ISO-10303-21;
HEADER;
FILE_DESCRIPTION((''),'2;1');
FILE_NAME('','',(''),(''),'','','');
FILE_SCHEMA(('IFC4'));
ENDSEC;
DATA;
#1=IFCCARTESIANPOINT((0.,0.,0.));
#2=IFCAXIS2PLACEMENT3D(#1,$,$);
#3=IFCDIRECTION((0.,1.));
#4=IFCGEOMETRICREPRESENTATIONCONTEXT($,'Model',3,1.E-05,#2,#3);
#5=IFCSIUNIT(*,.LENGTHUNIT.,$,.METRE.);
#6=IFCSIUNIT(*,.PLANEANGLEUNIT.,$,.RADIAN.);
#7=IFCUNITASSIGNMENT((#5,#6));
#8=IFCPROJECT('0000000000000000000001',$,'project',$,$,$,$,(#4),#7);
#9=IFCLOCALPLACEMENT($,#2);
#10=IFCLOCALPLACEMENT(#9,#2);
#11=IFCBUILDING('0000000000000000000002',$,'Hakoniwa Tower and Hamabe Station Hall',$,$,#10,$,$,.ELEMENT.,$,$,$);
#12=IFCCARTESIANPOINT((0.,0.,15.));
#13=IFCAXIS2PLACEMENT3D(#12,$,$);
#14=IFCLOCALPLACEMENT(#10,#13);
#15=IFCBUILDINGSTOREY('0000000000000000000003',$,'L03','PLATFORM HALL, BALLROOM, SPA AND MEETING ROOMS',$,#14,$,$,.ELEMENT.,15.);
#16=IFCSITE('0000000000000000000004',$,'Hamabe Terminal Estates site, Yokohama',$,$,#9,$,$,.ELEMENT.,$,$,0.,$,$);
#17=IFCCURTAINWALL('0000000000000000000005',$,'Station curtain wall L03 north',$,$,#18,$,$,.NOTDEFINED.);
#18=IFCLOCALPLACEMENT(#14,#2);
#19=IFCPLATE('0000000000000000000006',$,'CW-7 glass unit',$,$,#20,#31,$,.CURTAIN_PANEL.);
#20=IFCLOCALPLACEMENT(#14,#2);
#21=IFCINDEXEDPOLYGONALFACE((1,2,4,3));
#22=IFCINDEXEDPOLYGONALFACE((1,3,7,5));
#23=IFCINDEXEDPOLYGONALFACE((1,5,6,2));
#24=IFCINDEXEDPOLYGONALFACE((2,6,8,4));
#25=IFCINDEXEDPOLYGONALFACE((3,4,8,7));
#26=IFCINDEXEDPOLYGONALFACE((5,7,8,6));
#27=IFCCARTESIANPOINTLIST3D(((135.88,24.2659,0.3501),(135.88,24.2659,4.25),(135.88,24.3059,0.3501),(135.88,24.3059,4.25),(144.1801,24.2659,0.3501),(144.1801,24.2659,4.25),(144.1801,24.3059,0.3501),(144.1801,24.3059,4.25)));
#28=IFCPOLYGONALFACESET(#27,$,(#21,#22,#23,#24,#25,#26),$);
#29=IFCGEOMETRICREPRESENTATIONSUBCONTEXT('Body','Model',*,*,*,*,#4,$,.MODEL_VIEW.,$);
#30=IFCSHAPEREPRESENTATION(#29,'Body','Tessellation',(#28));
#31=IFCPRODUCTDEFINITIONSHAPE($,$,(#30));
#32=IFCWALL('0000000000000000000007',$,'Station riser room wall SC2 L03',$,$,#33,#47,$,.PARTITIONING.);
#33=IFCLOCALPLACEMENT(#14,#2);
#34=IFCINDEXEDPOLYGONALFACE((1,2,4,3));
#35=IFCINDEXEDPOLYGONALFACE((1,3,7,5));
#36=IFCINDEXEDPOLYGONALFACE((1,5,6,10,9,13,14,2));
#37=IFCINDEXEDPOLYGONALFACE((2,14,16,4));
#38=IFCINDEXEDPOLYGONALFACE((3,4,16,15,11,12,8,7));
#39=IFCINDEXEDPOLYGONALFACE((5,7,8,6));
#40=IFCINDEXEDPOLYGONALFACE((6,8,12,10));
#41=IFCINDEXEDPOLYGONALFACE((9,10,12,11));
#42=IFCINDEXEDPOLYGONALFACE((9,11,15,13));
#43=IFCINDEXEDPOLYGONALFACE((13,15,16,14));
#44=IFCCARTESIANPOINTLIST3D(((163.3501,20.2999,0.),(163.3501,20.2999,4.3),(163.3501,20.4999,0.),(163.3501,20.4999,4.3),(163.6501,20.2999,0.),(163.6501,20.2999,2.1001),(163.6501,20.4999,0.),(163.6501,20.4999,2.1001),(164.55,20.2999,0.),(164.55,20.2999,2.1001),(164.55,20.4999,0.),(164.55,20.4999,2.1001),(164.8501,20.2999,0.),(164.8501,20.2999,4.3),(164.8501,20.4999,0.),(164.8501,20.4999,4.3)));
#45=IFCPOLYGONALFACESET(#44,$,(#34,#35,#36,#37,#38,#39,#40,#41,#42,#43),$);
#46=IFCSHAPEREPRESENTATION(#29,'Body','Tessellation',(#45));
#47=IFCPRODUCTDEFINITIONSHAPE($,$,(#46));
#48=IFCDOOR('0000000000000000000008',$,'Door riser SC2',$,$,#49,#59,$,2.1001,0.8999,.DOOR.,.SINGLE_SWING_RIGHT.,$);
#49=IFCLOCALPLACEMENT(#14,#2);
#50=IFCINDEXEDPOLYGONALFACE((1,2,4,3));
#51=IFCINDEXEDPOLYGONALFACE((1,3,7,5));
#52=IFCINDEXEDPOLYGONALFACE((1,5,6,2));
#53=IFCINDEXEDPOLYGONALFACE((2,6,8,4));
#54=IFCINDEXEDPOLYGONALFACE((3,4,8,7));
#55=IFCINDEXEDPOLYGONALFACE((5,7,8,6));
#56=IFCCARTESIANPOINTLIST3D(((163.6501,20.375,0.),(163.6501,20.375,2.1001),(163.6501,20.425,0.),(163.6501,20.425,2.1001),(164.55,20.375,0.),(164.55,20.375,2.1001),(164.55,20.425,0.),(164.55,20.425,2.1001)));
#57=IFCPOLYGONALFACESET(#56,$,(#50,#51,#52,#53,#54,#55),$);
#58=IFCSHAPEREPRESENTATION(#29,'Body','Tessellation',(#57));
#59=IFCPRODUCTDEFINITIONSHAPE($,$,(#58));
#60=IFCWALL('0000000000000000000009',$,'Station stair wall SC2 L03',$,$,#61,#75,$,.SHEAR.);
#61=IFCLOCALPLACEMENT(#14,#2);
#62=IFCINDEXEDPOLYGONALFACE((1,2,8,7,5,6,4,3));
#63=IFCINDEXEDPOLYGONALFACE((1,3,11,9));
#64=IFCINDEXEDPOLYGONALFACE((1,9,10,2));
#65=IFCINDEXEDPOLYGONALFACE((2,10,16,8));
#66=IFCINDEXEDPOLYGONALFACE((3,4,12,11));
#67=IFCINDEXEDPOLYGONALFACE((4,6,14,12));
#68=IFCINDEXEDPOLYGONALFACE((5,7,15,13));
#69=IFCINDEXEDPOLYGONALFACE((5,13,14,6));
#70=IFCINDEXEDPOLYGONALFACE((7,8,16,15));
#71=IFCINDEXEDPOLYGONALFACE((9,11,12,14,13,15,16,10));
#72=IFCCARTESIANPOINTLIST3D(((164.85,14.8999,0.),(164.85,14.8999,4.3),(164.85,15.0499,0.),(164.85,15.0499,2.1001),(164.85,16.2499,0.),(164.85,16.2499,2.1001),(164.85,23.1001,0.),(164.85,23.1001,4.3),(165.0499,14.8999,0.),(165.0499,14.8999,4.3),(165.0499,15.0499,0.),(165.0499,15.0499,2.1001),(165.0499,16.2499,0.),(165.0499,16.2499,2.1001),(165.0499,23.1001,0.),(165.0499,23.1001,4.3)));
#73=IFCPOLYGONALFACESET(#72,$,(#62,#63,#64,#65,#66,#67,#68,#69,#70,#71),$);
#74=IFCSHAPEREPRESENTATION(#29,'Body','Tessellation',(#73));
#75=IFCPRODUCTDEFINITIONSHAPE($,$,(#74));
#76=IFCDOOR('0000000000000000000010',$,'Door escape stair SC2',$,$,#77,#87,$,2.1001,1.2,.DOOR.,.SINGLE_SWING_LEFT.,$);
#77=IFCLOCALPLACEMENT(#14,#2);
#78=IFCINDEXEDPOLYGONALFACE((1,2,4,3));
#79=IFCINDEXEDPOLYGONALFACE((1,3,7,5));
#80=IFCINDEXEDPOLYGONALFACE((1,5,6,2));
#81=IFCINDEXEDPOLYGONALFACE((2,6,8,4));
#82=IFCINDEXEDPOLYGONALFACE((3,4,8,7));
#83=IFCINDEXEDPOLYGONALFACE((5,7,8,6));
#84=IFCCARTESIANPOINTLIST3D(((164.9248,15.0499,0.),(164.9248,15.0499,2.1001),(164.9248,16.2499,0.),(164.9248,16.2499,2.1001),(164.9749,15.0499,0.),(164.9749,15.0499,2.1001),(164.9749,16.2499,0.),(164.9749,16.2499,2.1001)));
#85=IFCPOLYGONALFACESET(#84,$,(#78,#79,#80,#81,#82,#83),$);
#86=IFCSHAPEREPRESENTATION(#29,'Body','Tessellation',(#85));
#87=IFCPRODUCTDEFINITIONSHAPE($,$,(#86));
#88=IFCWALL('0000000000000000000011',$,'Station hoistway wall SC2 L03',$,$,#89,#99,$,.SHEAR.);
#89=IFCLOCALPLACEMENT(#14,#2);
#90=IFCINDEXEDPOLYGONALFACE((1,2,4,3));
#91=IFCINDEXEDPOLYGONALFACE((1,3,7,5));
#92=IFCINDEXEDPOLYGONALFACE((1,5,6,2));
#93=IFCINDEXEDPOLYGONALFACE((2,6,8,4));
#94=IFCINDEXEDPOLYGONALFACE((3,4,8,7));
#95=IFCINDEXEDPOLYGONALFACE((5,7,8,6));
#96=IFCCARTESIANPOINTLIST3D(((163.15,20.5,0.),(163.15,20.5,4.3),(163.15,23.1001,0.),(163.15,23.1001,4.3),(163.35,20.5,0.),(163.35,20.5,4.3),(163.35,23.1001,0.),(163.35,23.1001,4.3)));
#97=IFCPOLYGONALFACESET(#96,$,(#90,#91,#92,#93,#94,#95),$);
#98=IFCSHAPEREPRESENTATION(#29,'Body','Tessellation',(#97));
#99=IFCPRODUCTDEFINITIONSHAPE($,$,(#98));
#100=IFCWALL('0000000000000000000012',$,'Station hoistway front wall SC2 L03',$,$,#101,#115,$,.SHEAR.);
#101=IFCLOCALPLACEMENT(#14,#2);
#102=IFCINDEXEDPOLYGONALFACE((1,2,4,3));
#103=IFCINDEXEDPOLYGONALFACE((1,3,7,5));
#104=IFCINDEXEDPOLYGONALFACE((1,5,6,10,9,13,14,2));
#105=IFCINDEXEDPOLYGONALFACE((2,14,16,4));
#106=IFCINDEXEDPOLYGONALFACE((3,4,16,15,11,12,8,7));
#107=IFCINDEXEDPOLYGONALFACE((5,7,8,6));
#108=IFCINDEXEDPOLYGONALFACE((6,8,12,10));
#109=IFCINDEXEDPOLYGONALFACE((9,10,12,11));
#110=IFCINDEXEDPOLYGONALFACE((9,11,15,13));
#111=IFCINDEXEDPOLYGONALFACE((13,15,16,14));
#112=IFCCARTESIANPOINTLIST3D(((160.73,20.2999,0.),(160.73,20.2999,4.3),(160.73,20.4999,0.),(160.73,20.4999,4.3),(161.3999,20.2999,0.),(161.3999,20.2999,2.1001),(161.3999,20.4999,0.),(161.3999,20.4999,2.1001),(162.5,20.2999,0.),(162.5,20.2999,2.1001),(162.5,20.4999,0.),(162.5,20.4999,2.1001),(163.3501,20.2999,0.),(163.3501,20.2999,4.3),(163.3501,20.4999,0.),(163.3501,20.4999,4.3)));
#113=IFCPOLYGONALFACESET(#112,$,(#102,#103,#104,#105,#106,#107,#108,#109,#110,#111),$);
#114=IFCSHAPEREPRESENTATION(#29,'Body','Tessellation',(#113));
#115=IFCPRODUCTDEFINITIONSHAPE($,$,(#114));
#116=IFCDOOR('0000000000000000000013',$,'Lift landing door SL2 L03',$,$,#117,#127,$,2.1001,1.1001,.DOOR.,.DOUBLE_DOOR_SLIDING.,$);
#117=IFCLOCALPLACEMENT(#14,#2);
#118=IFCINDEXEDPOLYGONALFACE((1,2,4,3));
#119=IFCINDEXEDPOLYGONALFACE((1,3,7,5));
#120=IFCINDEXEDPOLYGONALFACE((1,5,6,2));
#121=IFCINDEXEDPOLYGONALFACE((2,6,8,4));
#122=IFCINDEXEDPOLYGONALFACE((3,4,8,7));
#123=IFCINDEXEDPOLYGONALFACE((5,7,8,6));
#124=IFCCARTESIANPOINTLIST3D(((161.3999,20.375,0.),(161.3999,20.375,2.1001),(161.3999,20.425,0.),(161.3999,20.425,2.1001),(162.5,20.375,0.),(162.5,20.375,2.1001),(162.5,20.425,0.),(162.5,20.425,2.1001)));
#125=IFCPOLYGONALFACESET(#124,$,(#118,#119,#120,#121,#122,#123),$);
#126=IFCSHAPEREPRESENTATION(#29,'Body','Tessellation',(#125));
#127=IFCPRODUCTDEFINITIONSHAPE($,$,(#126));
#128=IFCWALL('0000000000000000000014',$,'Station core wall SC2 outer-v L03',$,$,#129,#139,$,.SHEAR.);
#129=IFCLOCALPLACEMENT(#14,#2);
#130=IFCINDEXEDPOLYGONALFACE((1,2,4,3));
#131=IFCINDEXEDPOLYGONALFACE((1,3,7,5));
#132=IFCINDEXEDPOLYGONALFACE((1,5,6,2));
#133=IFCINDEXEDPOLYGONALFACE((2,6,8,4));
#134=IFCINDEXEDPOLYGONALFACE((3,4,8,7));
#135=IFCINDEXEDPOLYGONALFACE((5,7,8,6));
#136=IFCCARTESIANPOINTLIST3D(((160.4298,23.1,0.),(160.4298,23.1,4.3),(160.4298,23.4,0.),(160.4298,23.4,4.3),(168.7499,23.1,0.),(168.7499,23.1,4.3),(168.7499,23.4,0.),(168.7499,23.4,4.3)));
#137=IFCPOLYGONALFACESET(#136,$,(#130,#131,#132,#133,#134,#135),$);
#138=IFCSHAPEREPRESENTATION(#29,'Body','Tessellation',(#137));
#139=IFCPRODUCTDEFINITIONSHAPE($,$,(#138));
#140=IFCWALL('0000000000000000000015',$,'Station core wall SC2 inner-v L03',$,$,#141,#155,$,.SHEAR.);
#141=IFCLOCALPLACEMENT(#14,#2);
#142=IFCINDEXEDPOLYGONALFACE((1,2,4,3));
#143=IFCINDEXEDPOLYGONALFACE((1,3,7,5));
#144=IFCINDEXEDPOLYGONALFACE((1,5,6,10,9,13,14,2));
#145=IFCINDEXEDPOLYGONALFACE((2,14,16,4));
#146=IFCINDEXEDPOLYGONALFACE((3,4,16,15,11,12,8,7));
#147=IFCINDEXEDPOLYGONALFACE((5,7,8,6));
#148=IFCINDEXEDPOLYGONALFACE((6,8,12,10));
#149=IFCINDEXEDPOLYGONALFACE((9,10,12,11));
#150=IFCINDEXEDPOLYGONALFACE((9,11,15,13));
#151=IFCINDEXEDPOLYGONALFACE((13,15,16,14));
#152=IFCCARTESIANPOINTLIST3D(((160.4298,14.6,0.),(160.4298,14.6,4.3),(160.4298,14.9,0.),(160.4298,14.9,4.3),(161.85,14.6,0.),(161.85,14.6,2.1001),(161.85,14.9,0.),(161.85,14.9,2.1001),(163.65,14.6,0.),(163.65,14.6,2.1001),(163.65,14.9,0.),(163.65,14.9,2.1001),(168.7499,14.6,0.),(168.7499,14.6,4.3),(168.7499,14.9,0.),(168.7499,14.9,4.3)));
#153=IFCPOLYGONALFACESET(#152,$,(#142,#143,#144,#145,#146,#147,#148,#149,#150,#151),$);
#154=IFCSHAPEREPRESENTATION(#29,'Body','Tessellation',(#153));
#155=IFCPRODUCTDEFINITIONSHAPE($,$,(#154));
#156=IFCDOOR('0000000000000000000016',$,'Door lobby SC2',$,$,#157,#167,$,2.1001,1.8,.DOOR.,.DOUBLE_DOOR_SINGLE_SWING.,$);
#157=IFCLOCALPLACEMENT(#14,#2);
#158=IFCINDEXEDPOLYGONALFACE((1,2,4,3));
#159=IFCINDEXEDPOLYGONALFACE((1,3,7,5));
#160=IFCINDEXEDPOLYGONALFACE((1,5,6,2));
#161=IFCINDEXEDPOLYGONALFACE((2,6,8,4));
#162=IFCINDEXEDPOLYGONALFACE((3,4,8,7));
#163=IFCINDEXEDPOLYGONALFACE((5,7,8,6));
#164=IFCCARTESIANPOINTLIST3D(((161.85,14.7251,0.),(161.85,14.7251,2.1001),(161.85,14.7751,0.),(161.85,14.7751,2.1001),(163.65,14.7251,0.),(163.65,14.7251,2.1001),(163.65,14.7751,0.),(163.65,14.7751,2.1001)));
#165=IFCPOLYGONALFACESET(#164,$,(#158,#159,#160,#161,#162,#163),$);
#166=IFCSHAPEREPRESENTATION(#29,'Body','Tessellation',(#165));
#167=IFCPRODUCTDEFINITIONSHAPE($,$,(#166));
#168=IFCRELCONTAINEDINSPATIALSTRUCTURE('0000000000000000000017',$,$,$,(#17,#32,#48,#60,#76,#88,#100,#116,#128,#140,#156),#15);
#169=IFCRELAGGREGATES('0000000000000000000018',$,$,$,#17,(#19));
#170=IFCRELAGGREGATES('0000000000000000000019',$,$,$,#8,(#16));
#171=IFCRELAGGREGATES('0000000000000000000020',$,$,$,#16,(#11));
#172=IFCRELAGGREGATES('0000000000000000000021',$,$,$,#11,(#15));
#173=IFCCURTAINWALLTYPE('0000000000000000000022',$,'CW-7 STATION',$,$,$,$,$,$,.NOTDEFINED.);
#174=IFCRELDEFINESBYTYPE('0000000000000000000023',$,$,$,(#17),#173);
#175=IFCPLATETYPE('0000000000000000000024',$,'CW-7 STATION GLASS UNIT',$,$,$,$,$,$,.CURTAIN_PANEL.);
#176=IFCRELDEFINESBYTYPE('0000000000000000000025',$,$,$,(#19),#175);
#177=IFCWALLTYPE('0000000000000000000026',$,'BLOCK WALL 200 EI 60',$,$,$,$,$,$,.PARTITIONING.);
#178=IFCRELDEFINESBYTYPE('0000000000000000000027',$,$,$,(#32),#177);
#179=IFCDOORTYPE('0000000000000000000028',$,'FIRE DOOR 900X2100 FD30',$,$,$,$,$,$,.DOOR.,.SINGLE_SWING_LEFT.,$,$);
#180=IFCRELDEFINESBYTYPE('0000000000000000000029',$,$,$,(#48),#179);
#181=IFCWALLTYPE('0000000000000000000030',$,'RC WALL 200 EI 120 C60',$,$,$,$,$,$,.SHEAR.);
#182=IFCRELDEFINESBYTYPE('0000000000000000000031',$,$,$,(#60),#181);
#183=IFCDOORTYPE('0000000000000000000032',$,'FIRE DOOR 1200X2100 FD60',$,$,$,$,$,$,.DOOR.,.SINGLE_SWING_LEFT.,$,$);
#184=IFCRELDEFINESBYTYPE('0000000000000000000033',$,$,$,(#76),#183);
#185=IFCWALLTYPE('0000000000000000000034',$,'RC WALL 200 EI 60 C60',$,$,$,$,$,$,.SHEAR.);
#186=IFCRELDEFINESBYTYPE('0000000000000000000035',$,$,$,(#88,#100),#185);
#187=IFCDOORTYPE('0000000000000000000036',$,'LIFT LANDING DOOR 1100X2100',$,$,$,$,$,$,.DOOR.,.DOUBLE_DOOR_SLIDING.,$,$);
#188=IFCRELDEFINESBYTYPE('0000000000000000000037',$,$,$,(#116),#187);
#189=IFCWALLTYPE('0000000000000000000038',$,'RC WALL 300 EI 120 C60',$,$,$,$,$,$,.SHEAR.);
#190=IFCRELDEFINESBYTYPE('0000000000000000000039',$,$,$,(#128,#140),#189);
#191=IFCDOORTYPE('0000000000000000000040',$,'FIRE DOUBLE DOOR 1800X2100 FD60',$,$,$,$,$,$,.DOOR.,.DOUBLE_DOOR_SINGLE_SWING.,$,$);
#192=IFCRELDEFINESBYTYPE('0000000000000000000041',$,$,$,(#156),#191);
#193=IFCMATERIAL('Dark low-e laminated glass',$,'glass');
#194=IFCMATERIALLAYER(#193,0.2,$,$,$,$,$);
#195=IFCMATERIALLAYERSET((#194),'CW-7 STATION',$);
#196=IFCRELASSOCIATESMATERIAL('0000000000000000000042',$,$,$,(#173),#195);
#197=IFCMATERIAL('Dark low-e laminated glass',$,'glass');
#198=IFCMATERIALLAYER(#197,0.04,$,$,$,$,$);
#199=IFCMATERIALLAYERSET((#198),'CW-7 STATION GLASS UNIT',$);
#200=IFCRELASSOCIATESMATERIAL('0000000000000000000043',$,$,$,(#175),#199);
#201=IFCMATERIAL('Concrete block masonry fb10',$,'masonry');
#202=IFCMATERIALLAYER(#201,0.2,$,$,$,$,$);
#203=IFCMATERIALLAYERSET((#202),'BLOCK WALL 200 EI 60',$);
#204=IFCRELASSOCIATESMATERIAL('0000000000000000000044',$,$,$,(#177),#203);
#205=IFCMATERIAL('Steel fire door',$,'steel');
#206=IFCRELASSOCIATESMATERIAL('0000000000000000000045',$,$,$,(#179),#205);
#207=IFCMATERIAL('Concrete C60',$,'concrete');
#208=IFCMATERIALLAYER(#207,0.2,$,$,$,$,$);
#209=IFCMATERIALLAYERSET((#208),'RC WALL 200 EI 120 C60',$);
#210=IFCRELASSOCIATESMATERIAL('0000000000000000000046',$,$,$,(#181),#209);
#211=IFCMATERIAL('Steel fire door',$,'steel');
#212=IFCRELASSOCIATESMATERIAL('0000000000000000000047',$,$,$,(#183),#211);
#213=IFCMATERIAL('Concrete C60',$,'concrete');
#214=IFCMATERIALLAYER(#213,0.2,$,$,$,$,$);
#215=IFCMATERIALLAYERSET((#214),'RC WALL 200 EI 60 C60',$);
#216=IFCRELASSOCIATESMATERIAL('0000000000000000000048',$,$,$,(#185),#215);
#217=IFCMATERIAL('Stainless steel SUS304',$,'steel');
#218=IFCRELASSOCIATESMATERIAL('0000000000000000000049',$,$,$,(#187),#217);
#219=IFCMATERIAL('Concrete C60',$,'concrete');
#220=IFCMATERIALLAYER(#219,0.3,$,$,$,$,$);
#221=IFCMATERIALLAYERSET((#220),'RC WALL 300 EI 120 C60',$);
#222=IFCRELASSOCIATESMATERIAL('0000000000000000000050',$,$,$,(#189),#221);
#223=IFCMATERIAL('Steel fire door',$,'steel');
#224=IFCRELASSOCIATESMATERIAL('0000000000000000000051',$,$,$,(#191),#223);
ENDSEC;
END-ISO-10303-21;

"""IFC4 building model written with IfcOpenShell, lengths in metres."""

from ifc_helpers import new_model, si_unit, direction, frame, frame_2d, origin, origin_2d, place, context, subcontext, project, spatial, rectangle, extrude, material, layer, layer_set, type_object, element, fill, aggregate, save


model = new_model("IFC4")

# Units and contexts
model_context = context("Model", 3, precision=1e-05, world=origin(), true_north=direction((0.0, 1.0)))
body_context = subcontext(model_context, "Body", "Model", "MODEL_VIEW")
ifc_project = project(units=[si_unit("LENGTHUNIT", "METRE"), si_unit("PLANEANGLEUNIT", "RADIAN")], contexts=[model_context])

# Site, building, storey
site_placement = place(None, origin())
site = spatial("IfcSite", under=ifc_project, at=site_placement, Name="Hamabe Terminal Estates site, Yokohama", CompositionType="ELEMENT", RefElevation=0.0)
building_placement = place(site_placement, origin())
building = spatial("IfcBuilding", under=site, at=building_placement, Name="Hakoniwa Tower and Hamabe Station Hall", CompositionType="ELEMENT")
storey_placement = place(building_placement, frame((0.0, 0.0, 15.0)))
storey = spatial("IfcBuildingStorey", under=building, at=storey_placement, Name="L03", Description="PLATFORM HALL, BALLROOM, SPA AND MEETING ROOMS", CompositionType="ELEMENT", Elevation=15.0)

# Curtain wall
ifc_material_1 = material(Name="Dark low-e laminated glass", Category="glass")
ifc_layer_1 = layer(ifc_material_1, 0.2)
ifc_layer_set_1 = layer_set([ifc_layer_1], Name="CW-7 STATION")
curtain_wall_type = type_object("IfcCurtainWallType", Name="CW-7 STATION", PredefinedType="NOTDEFINED", material=ifc_layer_set_1)
curtain_wall_1_placement = place(storey_placement, origin())
curtain_wall_1 = element("IfcCurtainWall", 1, at=curtain_wall_1_placement, inside=storey, type_object=curtain_wall_type, Name="Station curtain wall L03 north", PredefinedType="NOTDEFINED")

# Plate
ifc_material_2 = material(Name="Dark low-e laminated glass", Category="glass")
ifc_layer_2 = layer(ifc_material_2, 0.04)
ifc_layer_set_2 = layer_set([ifc_layer_2], Name="CW-7 STATION GLASS UNIT")
plate_type = type_object("IfcPlateType", Name="CW-7 STATION GLASS UNIT", PredefinedType="CURTAIN_PANEL", material=ifc_layer_set_2)
plate_1_placement = place(storey_placement, frame((140.03, 24.2859, 0.3501), z_axis=(0.0, 0.0, 1.0), x_axis=(-1.0, 0.0, 0.0)))
plate_1 = element("IfcPlate", 2, at=plate_1_placement, type_object=plate_type, Name="CW-7 glass unit", PredefinedType="CURTAIN_PANEL", context=body_context, shape_type="SweptSolid", body=[
    extrude(rectangle(XDim=8.3, YDim=0.04, at=origin_2d()), origin(), (0.0, 0.0, 1.0), 3.8999),
])
aggregate(curtain_wall_1, [plate_1])

# Walls, openings, doors
ifc_material_3 = material(Name="Concrete block masonry fb10", Category="masonry")
ifc_layer_3 = layer(ifc_material_3, 0.2)
ifc_layer_set_3 = layer_set([ifc_layer_3], Name="BLOCK WALL 200 EI 60")
wall_type_1 = type_object("IfcWallType", Name="BLOCK WALL 200 EI 60", PredefinedType="PARTITIONING", material=ifc_layer_set_3)
wall_1_placement = place(storey_placement, frame((164.8501, 20.3999, 0.0), z_axis=(0.0, 0.0, 1.0), x_axis=(-1.0, 0.0, 0.0)))
wall_1 = element("IfcWall", 3, at=wall_1_placement, inside=storey, type_object=wall_type_1, Name="Station riser room wall SC2 L03", PredefinedType="PARTITIONING", context=body_context, shape_type="SweptSolid", body=[
    extrude(rectangle(XDim=1.5, YDim=0.2, at=frame_2d((0.75, 0.0))), origin(), (0.0, 0.0, 1.0), 4.3),
])
opening_1_placement = place(wall_1_placement, frame((0.3, 0.0, 0.0)))
opening_1 = element("IfcOpeningElement", 4, at=opening_1_placement, cuts=wall_1, PredefinedType="OPENING", context=body_context, shape_type="SweptSolid", body=[
    extrude(rectangle(XDim=0.8999, YDim=2.1001, at=frame_2d((0.45, 1.05))), frame((0.0, 0.1099, 0.0), z_axis=(0.0, -1.0, 0.0), x_axis=(1.0, 0.0, 0.0)), (0.0, 0.0, 1.0), 0.22),
])
ifc_material_4 = material(Name="Steel fire door", Category="steel")
door_type_1 = type_object("IfcDoorType", Name="FIRE DOOR 900X2100 FD30", OperationType="SINGLE_SWING_LEFT", PredefinedType="DOOR", material=ifc_material_4)
door_1_placement = place(opening_1_placement, origin())
door_1 = element("IfcDoor", 5, at=door_1_placement, inside=storey, type_object=door_type_1, Name="Door riser SC2", OperationType="SINGLE_SWING_RIGHT", OverallHeight=2.1001, OverallWidth=0.8999, PredefinedType="DOOR", context=body_context, shape_type="SweptSolid", body=[
    extrude(rectangle(XDim=0.8999, YDim=2.1001, at=frame_2d((0.45, 1.05))), frame((0.0, 0.0249, 0.0), z_axis=(0.0, -1.0, 0.0), x_axis=(1.0, 0.0, 0.0)), (0.0, 0.0, 1.0), 0.05),
])
fill(opening_1, door_1)
ifc_material_5 = material(Name="Concrete C60", Category="concrete")
ifc_layer_4 = layer(ifc_material_5, 0.2)
ifc_layer_set_4 = layer_set([ifc_layer_4], Name="RC WALL 200 EI 120 C60")
wall_type_2 = type_object("IfcWallType", Name="RC WALL 200 EI 120 C60", PredefinedType="SHEAR", material=ifc_layer_set_4)
wall_2_placement = place(storey_placement, frame((164.95, 23.1001, 0.0), z_axis=(0.0, 0.0, 1.0), x_axis=(0.0, -1.0, 0.0)))
wall_2 = element("IfcWall", 6, at=wall_2_placement, inside=storey, type_object=wall_type_2, Name="Station stair wall SC2 L03", PredefinedType="SHEAR", context=body_context, shape_type="SweptSolid", body=[
    extrude(rectangle(XDim=8.2002, YDim=0.2, at=frame_2d((4.1001, 0.0))), origin(), (0.0, 0.0, 1.0), 4.3),
])
opening_2_placement = place(wall_2_placement, frame((6.8501, 0.0, 0.0)))
opening_2 = element("IfcOpeningElement", 7, at=opening_2_placement, cuts=wall_2, PredefinedType="OPENING", context=body_context, shape_type="SweptSolid", body=[
    extrude(rectangle(XDim=1.2, YDim=2.1001, at=frame_2d((0.6001, 1.05))), frame((0.0, 0.1099, 0.0), z_axis=(0.0, -1.0, 0.0), x_axis=(1.0, 0.0, 0.0)), (0.0, 0.0, 1.0), 0.22),
])
ifc_material_6 = material(Name="Steel fire door", Category="steel")
door_type_2 = type_object("IfcDoorType", Name="FIRE DOOR 1200X2100 FD60", OperationType="SINGLE_SWING_LEFT", PredefinedType="DOOR", material=ifc_material_6)
door_2_placement = place(opening_2_placement, origin())
door_2 = element("IfcDoor", 8, at=door_2_placement, inside=storey, type_object=door_type_2, Name="Door escape stair SC2", OperationType="SINGLE_SWING_LEFT", OverallHeight=2.1001, OverallWidth=1.2, PredefinedType="DOOR", context=body_context, shape_type="SweptSolid", body=[
    extrude(rectangle(XDim=1.2, YDim=2.1001, at=frame_2d((0.6001, 1.05))), frame((0.0, 0.0249, 0.0), z_axis=(0.0, -1.0, 0.0), x_axis=(1.0, 0.0, 0.0)), (0.0, 0.0, 1.0), 0.05),
])
fill(opening_2, door_2)

# Wall
ifc_material_7 = material(Name="Concrete C60", Category="concrete")
ifc_layer_5 = layer(ifc_material_7, 0.2)
ifc_layer_set_5 = layer_set([ifc_layer_5], Name="RC WALL 200 EI 60 C60")
wall_type_3 = type_object("IfcWallType", Name="RC WALL 200 EI 60 C60", PredefinedType="SHEAR", material=ifc_layer_set_5)
wall_3_placement = place(storey_placement, frame((163.25, 23.1001, 0.0), z_axis=(0.0, 0.0, 1.0), x_axis=(0.0, -1.0, 0.0)))
element("IfcWall", 9, at=wall_3_placement, inside=storey, type_object=wall_type_3, Name="Station hoistway wall SC2 L03", PredefinedType="SHEAR", context=body_context, shape_type="SweptSolid", body=[
    extrude(rectangle(XDim=2.6001, YDim=0.2, at=frame_2d((1.3, 0.0))), origin(), (0.0, 0.0, 1.0), 4.3),
])

# Wall, opening, door
wall_4_placement = place(storey_placement, frame((163.3501, 20.3999, 0.0), z_axis=(0.0, 0.0, 1.0), x_axis=(-1.0, 0.0, 0.0)))
wall_4 = element("IfcWall", 10, at=wall_4_placement, inside=storey, type_object=wall_type_3, Name="Station hoistway front wall SC2 L03", PredefinedType="SHEAR", context=body_context, shape_type="SweptSolid", body=[
    extrude(rectangle(XDim=2.6201, YDim=0.2, at=frame_2d((1.3101, 0.0))), origin(), (0.0, 0.0, 1.0), 4.3),
])
opening_3_placement = place(wall_4_placement, frame((0.8501, 0.0, 0.0)))
opening_3 = element("IfcOpeningElement", 11, at=opening_3_placement, cuts=wall_4, PredefinedType="OPENING", context=body_context, shape_type="SweptSolid", body=[
    extrude(rectangle(XDim=1.1001, YDim=2.1001, at=frame_2d((0.55, 1.05))), frame((0.0, 0.1099, 0.0), z_axis=(0.0, -1.0, 0.0), x_axis=(1.0, 0.0, 0.0)), (0.0, 0.0, 1.0), 0.22),
])
ifc_material_8 = material(Name="Stainless steel SUS304", Category="steel")
door_type_3 = type_object("IfcDoorType", Name="LIFT LANDING DOOR 1100X2100", OperationType="DOUBLE_DOOR_SLIDING", PredefinedType="DOOR", material=ifc_material_8)
door_3_placement = place(opening_3_placement, origin())
door_3 = element("IfcDoor", 12, at=door_3_placement, inside=storey, type_object=door_type_3, Name="Lift landing door SL2 L03", OperationType="DOUBLE_DOOR_SLIDING", OverallHeight=2.1001, OverallWidth=1.1001, PredefinedType="DOOR", context=body_context, shape_type="SweptSolid", body=[
    extrude(rectangle(XDim=1.1001, YDim=2.1001, at=frame_2d((0.55, 1.05))), frame((0.0, 0.0249, 0.0), z_axis=(0.0, -1.0, 0.0), x_axis=(1.0, 0.0, 0.0)), (0.0, 0.0, 1.0), 0.05),
])
fill(opening_3, door_3)

# Wall
ifc_material_9 = material(Name="Concrete C60", Category="concrete")
ifc_layer_6 = layer(ifc_material_9, 0.3)
ifc_layer_set_6 = layer_set([ifc_layer_6], Name="RC WALL 300 EI 120 C60")
wall_type_4 = type_object("IfcWallType", Name="RC WALL 300 EI 120 C60", PredefinedType="SHEAR", material=ifc_layer_set_6)
wall_5_placement = place(storey_placement, frame((168.75, 23.25, 0.0), z_axis=(0.0, 0.0, 1.0), x_axis=(-1.0, 0.0, 0.0)))
element("IfcWall", 13, at=wall_5_placement, inside=storey, type_object=wall_type_4, Name="Station core wall SC2 outer-v L03", PredefinedType="SHEAR", context=body_context, shape_type="SweptSolid", body=[
    extrude(rectangle(XDim=8.3201, YDim=0.3, at=frame_2d((4.1602, 0.0))), origin(), (0.0, 0.0, 1.0), 4.3),
])

# Wall, opening, door
wall_6_placement = place(storey_placement, frame((168.75, 14.75, 0.0), z_axis=(0.0, 0.0, 1.0), x_axis=(-1.0, 0.0, 0.0)))
wall_6 = element("IfcWall", 14, at=wall_6_placement, inside=storey, type_object=wall_type_4, Name="Station core wall SC2 inner-v L03", PredefinedType="SHEAR", context=body_context, shape_type="SweptSolid", body=[
    extrude(rectangle(XDim=8.3201, YDim=0.3, at=frame_2d((4.1602, 0.0))), origin(), (0.0, 0.0, 1.0), 4.3),
])
opening_4_placement = place(wall_6_placement, frame((5.1001, 0.0, 0.0)))
opening_4 = element("IfcOpeningElement", 15, at=opening_4_placement, cuts=wall_6, PredefinedType="OPENING", context=body_context, shape_type="SweptSolid", body=[
    extrude(rectangle(XDim=1.8, YDim=2.1001, at=frame_2d((0.8999, 1.05))), frame((0.0, 0.1599, 0.0), z_axis=(0.0, -1.0, 0.0), x_axis=(1.0, 0.0, 0.0)), (0.0, 0.0, 1.0), 0.3201),
])
ifc_material_10 = material(Name="Steel fire door", Category="steel")
door_type_4 = type_object("IfcDoorType", Name="FIRE DOUBLE DOOR 1800X2100 FD60", OperationType="DOUBLE_DOOR_SINGLE_SWING", PredefinedType="DOOR", material=ifc_material_10)
door_4_placement = place(opening_4_placement, origin())
door_4 = element("IfcDoor", 16, at=door_4_placement, inside=storey, type_object=door_type_4, Name="Door lobby SC2", OperationType="DOUBLE_DOOR_SINGLE_SWING", OverallHeight=2.1001, OverallWidth=1.8, PredefinedType="DOOR", context=body_context, shape_type="SweptSolid", body=[
    extrude(rectangle(XDim=1.8, YDim=2.1001, at=frame_2d((0.8999, 1.05))), frame((0.0, 0.0249, 0.0), z_axis=(0.0, -1.0, 0.0), x_axis=(1.0, 0.0, 0.0)), (0.0, 0.0, 1.0), 0.05),
])
fill(opening_4, door_4)

save(model, "model.ifc")
